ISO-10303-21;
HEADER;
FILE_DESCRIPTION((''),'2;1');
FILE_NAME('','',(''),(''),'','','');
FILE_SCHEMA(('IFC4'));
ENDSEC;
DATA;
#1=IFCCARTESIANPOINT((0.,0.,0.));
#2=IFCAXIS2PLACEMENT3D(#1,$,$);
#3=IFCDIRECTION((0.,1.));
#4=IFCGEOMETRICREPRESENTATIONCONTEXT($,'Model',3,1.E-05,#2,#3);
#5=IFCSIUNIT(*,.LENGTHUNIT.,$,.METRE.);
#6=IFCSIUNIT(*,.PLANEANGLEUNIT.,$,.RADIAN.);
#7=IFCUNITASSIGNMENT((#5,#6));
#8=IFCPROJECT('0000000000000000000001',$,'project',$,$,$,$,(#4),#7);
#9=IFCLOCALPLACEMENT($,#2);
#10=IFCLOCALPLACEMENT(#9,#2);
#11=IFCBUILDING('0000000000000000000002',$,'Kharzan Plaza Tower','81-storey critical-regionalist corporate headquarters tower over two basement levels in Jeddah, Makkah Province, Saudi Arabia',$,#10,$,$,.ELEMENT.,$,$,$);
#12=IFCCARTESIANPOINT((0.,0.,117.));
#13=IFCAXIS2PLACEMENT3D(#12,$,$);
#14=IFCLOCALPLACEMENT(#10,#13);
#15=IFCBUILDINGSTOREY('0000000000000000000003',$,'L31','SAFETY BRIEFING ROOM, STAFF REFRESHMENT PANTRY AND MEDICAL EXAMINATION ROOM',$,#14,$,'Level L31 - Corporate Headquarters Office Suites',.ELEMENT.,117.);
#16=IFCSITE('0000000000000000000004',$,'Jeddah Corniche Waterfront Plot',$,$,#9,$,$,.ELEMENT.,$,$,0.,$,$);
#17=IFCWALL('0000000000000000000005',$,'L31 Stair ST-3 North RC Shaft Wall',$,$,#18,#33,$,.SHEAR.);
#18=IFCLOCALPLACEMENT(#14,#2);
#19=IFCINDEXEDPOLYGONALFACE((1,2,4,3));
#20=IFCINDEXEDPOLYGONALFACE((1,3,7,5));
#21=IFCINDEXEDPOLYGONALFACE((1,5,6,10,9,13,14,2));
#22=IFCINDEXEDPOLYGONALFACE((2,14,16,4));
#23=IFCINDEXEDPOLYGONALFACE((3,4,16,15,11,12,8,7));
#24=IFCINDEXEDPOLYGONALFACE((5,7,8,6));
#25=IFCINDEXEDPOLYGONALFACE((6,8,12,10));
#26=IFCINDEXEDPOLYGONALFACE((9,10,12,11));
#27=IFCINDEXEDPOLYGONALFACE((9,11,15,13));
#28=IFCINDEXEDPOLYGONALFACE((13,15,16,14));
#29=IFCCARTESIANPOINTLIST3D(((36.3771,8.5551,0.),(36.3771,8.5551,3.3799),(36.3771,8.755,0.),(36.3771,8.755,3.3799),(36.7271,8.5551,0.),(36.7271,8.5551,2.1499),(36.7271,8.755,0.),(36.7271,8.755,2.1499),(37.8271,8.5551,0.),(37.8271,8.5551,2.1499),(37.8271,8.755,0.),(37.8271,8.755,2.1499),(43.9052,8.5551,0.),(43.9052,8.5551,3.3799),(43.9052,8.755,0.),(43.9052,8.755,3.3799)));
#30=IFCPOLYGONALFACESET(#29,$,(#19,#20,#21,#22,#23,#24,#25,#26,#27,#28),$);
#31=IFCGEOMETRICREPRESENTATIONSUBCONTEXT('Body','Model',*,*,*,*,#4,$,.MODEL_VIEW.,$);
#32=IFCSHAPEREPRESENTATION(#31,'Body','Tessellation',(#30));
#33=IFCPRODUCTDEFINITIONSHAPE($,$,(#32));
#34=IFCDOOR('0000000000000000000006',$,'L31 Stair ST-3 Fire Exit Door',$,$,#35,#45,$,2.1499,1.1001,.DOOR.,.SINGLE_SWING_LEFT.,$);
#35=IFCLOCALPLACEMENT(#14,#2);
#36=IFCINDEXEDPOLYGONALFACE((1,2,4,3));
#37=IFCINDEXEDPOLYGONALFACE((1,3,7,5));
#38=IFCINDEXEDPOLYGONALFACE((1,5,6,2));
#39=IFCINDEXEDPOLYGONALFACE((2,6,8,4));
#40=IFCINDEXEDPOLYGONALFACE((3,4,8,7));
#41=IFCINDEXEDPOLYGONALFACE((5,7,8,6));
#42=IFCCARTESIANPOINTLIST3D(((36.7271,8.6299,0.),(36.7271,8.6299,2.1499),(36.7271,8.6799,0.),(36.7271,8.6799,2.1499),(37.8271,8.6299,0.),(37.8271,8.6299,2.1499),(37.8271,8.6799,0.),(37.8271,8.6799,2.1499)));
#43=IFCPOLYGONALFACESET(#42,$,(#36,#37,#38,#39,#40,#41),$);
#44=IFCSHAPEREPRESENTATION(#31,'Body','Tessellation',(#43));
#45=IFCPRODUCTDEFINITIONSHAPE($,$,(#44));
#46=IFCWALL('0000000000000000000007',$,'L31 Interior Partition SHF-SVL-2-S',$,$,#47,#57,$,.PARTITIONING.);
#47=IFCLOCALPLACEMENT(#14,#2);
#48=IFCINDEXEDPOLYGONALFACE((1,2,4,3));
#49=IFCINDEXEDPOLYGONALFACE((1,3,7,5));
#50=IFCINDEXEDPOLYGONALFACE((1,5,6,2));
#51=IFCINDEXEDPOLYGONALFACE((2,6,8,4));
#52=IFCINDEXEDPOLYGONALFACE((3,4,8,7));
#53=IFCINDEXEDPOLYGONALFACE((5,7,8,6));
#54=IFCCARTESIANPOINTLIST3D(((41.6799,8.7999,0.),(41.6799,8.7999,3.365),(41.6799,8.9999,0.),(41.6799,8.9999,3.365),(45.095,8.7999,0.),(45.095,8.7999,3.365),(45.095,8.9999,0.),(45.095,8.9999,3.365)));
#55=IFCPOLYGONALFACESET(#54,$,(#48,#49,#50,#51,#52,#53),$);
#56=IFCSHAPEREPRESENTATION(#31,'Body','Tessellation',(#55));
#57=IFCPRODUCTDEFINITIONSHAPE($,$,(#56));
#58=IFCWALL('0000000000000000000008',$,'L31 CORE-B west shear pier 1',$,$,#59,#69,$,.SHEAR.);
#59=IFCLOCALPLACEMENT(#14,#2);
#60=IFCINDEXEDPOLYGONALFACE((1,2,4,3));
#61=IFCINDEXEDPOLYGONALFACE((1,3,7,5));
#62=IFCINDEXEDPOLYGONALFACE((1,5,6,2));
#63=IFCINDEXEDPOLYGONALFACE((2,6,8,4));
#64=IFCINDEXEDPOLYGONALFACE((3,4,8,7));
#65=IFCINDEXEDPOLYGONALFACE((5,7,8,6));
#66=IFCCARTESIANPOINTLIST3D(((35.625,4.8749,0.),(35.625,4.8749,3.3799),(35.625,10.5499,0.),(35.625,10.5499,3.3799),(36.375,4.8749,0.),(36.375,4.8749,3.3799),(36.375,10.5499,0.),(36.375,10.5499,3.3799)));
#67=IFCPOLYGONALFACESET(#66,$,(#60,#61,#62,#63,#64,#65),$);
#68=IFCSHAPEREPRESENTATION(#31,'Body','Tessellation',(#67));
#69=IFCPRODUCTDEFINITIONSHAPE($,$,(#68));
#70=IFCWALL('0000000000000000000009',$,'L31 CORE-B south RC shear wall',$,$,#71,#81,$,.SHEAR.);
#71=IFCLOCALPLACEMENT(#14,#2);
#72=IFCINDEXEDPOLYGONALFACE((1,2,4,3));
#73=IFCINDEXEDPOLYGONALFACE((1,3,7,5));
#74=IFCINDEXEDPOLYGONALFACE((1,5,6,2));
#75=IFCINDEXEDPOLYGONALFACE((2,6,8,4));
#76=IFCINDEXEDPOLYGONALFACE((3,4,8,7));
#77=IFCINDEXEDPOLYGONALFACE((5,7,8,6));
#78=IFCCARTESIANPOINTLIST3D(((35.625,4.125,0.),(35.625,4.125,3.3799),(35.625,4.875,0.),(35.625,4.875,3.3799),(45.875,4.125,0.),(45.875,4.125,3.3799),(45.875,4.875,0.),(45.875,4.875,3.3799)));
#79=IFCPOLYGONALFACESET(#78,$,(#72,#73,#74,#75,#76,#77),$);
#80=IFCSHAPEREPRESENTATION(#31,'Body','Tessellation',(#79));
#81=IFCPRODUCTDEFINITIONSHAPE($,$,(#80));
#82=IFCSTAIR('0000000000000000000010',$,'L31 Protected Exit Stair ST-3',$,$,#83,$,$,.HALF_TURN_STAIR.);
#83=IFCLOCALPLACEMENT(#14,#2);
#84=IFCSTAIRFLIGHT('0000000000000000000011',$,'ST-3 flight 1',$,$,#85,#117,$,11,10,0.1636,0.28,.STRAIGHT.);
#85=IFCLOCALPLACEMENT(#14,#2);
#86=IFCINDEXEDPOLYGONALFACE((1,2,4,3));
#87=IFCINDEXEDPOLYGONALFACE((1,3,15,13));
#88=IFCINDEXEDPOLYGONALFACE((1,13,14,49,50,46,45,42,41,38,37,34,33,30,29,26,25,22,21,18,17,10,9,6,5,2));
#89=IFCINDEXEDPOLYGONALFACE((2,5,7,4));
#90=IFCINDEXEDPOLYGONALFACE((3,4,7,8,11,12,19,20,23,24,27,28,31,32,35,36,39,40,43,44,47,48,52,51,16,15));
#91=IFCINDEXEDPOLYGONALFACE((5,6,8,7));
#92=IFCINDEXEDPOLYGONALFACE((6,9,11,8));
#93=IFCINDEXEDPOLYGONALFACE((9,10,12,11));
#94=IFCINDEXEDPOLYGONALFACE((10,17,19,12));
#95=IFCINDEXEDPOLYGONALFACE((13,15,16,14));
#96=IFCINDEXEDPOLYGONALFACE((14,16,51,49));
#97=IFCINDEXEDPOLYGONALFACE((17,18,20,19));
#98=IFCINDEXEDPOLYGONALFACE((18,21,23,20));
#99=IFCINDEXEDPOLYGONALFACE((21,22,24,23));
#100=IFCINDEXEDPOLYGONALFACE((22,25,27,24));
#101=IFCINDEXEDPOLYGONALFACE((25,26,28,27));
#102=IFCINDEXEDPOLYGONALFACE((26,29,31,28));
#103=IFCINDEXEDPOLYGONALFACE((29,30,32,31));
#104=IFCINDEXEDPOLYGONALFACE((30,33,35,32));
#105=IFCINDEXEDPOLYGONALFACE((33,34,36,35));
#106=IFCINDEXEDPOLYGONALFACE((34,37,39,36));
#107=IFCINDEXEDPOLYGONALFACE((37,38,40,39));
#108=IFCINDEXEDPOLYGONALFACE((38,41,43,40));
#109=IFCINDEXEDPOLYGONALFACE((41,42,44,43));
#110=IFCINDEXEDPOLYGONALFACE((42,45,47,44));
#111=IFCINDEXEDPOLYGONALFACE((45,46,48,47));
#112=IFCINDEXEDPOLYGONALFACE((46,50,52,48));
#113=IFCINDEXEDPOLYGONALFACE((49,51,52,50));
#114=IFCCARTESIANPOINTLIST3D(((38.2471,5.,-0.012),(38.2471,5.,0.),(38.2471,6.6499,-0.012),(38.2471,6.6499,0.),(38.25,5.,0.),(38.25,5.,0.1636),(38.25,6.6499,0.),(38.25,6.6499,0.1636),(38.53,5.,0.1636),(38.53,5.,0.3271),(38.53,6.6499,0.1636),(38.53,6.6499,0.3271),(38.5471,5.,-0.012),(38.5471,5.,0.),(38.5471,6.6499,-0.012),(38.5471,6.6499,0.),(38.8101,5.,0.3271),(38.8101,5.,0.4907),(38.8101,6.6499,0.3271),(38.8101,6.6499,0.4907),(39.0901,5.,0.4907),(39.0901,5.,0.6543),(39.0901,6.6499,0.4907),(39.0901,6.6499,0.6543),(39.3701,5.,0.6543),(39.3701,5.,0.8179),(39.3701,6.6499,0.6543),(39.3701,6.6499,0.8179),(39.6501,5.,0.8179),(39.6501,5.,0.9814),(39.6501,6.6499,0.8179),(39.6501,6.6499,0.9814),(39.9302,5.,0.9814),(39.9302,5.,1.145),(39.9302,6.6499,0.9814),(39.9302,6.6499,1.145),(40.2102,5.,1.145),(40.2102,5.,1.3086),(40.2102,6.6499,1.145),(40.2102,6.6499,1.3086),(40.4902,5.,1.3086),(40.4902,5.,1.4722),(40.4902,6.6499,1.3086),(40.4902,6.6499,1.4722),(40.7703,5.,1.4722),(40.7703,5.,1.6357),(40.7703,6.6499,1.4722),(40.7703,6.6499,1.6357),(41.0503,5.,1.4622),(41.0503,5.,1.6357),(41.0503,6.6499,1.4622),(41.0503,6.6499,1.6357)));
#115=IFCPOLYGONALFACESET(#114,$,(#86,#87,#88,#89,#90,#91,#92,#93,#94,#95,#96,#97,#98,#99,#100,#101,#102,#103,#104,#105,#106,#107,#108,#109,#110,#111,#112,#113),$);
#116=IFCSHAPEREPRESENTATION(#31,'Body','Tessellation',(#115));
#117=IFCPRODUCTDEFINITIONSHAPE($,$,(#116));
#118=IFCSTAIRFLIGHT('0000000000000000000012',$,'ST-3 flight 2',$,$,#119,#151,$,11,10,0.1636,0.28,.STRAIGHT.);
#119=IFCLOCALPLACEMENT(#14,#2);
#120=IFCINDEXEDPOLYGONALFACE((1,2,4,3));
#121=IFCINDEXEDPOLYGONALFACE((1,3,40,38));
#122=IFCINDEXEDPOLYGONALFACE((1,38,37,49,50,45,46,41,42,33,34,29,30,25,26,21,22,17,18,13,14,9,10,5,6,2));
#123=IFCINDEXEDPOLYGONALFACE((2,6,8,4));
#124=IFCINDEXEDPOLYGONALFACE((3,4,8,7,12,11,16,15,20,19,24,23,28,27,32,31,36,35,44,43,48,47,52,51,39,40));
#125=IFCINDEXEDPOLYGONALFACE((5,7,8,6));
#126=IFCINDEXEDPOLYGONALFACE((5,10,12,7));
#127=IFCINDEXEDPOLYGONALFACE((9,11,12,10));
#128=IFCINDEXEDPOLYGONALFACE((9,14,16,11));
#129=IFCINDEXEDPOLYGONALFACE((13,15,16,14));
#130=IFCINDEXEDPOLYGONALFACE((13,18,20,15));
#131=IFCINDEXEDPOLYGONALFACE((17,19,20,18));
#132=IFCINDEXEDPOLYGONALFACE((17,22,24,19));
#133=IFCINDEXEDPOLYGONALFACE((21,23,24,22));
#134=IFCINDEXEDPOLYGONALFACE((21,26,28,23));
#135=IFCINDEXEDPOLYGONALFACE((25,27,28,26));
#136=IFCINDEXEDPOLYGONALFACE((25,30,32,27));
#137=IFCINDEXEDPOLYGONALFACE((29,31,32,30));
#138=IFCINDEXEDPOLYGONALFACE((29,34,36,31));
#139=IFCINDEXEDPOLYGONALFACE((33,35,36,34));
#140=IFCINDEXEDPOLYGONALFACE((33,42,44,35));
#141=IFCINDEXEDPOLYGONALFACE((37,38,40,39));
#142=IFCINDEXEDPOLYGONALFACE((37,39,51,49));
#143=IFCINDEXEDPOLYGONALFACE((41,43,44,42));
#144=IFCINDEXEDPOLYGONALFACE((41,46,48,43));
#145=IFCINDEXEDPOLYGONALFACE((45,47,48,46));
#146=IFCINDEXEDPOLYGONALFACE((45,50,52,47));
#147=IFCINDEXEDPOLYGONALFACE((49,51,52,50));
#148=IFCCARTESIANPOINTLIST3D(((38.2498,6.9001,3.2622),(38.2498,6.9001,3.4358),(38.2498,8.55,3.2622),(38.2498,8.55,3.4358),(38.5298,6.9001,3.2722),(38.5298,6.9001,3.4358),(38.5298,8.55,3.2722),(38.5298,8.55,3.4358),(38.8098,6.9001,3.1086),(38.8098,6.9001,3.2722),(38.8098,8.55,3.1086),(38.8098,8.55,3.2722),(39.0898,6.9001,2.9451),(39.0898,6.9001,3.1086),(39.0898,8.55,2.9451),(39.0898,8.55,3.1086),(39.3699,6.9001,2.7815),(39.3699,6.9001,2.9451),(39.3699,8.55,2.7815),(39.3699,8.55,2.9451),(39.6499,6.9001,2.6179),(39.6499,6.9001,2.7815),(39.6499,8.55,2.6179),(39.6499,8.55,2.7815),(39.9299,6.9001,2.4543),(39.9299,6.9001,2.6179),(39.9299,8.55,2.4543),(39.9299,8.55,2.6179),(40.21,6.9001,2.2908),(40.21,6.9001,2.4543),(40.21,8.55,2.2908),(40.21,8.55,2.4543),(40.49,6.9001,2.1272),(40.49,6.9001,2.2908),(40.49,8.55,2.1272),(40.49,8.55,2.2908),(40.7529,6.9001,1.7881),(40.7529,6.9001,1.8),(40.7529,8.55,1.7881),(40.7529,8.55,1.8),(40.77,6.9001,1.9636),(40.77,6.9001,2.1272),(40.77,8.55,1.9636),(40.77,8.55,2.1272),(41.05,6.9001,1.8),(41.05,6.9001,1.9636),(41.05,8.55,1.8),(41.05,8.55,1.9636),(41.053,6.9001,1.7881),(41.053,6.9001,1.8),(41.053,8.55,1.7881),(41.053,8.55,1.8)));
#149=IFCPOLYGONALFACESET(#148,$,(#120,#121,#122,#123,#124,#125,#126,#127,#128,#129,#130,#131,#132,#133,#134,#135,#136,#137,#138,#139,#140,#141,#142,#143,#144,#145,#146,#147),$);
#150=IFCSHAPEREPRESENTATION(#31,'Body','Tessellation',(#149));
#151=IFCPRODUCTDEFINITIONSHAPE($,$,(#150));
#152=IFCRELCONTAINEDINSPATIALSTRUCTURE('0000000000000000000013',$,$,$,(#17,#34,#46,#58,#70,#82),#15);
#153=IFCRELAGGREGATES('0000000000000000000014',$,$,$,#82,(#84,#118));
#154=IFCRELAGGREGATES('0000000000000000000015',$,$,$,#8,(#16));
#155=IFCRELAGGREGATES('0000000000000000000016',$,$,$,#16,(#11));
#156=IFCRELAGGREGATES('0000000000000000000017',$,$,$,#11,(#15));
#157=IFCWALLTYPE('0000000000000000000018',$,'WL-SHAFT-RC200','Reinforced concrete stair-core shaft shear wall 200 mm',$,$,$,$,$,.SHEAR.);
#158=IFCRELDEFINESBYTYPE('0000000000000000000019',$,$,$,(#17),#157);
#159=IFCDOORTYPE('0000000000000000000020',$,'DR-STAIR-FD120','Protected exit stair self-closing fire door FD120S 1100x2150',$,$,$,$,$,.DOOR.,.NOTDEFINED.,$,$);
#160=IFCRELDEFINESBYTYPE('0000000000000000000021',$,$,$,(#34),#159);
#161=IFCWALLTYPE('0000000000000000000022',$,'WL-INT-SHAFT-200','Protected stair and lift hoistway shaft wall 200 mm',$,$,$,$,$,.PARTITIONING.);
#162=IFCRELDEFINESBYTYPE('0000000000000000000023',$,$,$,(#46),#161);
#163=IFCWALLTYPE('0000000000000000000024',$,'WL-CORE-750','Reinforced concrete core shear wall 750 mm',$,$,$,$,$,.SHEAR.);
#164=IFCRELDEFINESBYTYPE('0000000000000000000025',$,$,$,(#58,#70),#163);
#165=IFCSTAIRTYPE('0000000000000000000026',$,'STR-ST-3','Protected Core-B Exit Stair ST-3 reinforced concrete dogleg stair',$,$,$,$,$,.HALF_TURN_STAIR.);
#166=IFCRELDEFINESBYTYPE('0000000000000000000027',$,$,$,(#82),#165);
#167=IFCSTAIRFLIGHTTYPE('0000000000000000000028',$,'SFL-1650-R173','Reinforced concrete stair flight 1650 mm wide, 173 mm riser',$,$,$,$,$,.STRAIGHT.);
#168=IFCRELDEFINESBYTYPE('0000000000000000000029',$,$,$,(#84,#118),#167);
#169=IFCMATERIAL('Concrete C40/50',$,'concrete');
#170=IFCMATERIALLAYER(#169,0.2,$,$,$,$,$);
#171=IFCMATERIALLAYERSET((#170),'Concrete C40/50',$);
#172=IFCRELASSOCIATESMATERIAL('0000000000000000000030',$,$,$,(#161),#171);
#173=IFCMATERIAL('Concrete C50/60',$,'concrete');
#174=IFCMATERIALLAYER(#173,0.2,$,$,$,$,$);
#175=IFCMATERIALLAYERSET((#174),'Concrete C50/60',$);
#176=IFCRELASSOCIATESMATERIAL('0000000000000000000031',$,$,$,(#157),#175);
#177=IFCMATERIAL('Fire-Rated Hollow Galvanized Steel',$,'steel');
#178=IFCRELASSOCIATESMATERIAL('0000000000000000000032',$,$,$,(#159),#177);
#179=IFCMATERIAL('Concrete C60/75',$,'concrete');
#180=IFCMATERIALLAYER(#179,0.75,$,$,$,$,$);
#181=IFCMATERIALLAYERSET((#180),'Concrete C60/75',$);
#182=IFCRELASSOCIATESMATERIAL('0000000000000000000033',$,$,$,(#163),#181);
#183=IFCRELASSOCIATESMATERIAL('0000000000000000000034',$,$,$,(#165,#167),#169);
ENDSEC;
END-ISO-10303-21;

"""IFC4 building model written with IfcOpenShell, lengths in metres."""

from ifc_helpers import new_model, si_unit, direction, frame, frame_2d, origin, place, context, subcontext, project, spatial, polyline, rectangle, outline, extrude, source, transform, mapped, material, layer, layer_set, type_object, element, fill, aggregate, save


model = new_model("IFC4")

# Units and contexts
model_context = context("Model", 3, precision=1e-05, world=origin(), true_north=direction((0.0, 1.0)))
body_context = subcontext(model_context, "Body", "Model", "MODEL_VIEW")
ifc_project = project(units=[si_unit("LENGTHUNIT", "METRE"), si_unit("PLANEANGLEUNIT", "RADIAN")], contexts=[model_context])

# Site, building, storey
site_placement = place(None, origin())
site = spatial("IfcSite", under=ifc_project, at=site_placement, Name="Jeddah Corniche Waterfront Plot", CompositionType="ELEMENT", RefElevation=0.0)
building_placement = place(site_placement, origin())
building = spatial("IfcBuilding", under=site, at=building_placement, Name="Kharzan Plaza Tower", Description="81-storey critical-regionalist corporate headquarters tower over two basement levels in Jeddah, Makkah Province, Saudi Arabia", CompositionType="ELEMENT")
storey_placement = place(building_placement, frame((0.0, 0.0, 117.0)))
storey = spatial("IfcBuildingStorey", under=building, at=storey_placement, Name="L31", Description="SAFETY BRIEFING ROOM, STAFF REFRESHMENT PANTRY AND MEDICAL EXAMINATION ROOM", LongName="Level L31 - Corporate Headquarters Office Suites", CompositionType="ELEMENT", Elevation=117.0)

# Shared definitions
ifc_material_1 = material(Name="Concrete C60/75", Category="concrete")

# Shared definitions
ifc_material_2 = material(Name="Concrete C40/50", Category="concrete")

# Wall, opening, door
ifc_layer_1 = layer(ifc_material_2, 0.2)
ifc_layer_set_1 = layer_set([ifc_layer_1], Name="Concrete C40/50")
wall_type_1 = type_object("IfcWallType", Name="WL-INT-SHAFT-200", Description="Protected stair and lift hoistway shaft wall 200 mm", PredefinedType="PARTITIONING", material=ifc_layer_set_1)
ifc_material_3 = material(Name="Concrete C50/60", Category="concrete")
ifc_layer_2 = layer(ifc_material_3, 0.2)
ifc_layer_set_2 = layer_set([ifc_layer_2], Name="Concrete C50/60")
wall_type_2 = type_object("IfcWallType", Name="WL-SHAFT-RC200", Description="Reinforced concrete stair-core shaft shear wall 200 mm", PredefinedType="SHEAR", material=ifc_layer_set_2)
wall_1_placement = place(storey_placement, frame((36.377, 8.655, 0.0), z_axis=(0.0, 0.0, 1.0), x_axis=(1.0, 0.0, 0.0)))
wall_1 = element("IfcWall", 1, at=wall_1_placement, inside=storey, type_object=wall_type_2, Name="L31 Stair ST-3 North RC Shaft Wall", PredefinedType="SHEAR", context=body_context, shape_type="SweptSolid", body=[
    extrude(rectangle(XDim=7.5281, YDim=0.2, at=frame_2d((3.7642, 0.0))), origin(), (0.0, 0.0, 1.0), 3.3799),
])
opening_1_placement = place(wall_1_placement, frame((0.3501, 0.0, 0.0)))
opening_1 = element("IfcOpeningElement", 2, at=opening_1_placement, cuts=wall_1, PredefinedType="OPENING", context=body_context, shape_type="SweptSolid", body=[
    extrude(rectangle(XDim=1.1001, YDim=2.1499, at=frame_2d((0.55, 1.075))), frame((0.0, 0.1099, 0.0), z_axis=(0.0, -1.0, 0.0), x_axis=(1.0, 0.0, 0.0)), (0.0, 0.0, 1.0), 0.22),
])
ifc_material_4 = material(Name="Fire-Rated Hollow Galvanized Steel", Category="steel")
door_type_1 = type_object("IfcDoorType", Name="DR-STAIR-FD120", Description="Protected exit stair self-closing fire door FD120S 1100x2150", OperationType="NOTDEFINED", PredefinedType="DOOR", material=ifc_material_4)
shared_shape_1 = source(origin(), body_context, "Body", "SweptSolid", [
    extrude(rectangle(XDim=1.1001, YDim=2.1499, at=frame_2d((0.55, 1.075))), frame((0.0, 0.0249, 0.0), z_axis=(0.0, -1.0, 0.0), x_axis=(1.0, 0.0, 0.0)), (0.0, 0.0, 1.0), 0.05),
])
door_1_placement = place(opening_1_placement, origin())
door_1 = element("IfcDoor", 3, at=door_1_placement, inside=storey, type_object=door_type_1, Name="L31 Stair ST-3 Fire Exit Door", OperationType="SINGLE_SWING_LEFT", OverallHeight=2.1499, OverallWidth=1.1001, PredefinedType="DOOR", context=body_context, shape_type="MappedRepresentation", body=[
    mapped(shared_shape_1, transform((0.0, 0.0, 0.0), x_axis=(1.0, 0.0, 0.0), y_axis=(0.0, 1.0, 0.0), z_axis=(0.0, 0.0, 1.0))),
])
fill(opening_1, door_1)

# Walls
shared_shape_2 = source(origin(), body_context, "Body", "SweptSolid", [
    extrude(rectangle(XDim=3.415, YDim=0.2, at=frame_2d((1.7075, 0.0))), origin(), (0.0, 0.0, 1.0), 3.365),
])
wall_2_placement = place(storey_placement, frame((41.6799, 8.8999, 0.0), z_axis=(0.0, 0.0, 1.0), x_axis=(1.0, 0.0, 0.0)))
element("IfcWall", 4, at=wall_2_placement, inside=storey, type_object=wall_type_1, Name="L31 Interior Partition SHF-SVL-2-S", PredefinedType="PARTITIONING", context=body_context, shape_type="MappedRepresentation", body=[
    mapped(shared_shape_2, transform((0.0, 0.0, 0.0), x_axis=(1.0, 0.0, 0.0), y_axis=(0.0, 1.0, 0.0), z_axis=(0.0, 0.0, 1.0))),
])
ifc_layer_3 = layer(ifc_material_1, 0.75)
ifc_layer_set_3 = layer_set([ifc_layer_3], Name="Concrete C60/75")
wall_type_3 = type_object("IfcWallType", Name="WL-CORE-750", Description="Reinforced concrete core shear wall 750 mm", PredefinedType="SHEAR", material=ifc_layer_set_3)
shared_shape_3 = source(origin(), body_context, "Body", "SweptSolid", [
    extrude(rectangle(XDim=5.675, YDim=0.75, at=frame_2d((2.8374, 0.0))), origin(), (0.0, 0.0, 1.0), 3.3799),
])
wall_3_placement = place(storey_placement, frame((36.0, 4.875, 0.0), z_axis=(0.0, 0.0, 1.0), x_axis=(0.0, 1.0, 0.0)))
element("IfcWall", 5, at=wall_3_placement, inside=storey, type_object=wall_type_3, Name="L31 CORE-B west shear pier 1", PredefinedType="SHEAR", context=body_context, shape_type="MappedRepresentation", body=[
    mapped(shared_shape_3, transform((0.0, 0.0, 0.0), x_axis=(1.0, 0.0, 0.0), y_axis=(0.0, 1.0, 0.0), z_axis=(0.0, 0.0, 1.0))),
])
shared_shape_4 = source(origin(), body_context, "Body", "SweptSolid", [
    extrude(rectangle(XDim=10.25, YDim=0.75, at=frame_2d((5.125, 0.0))), origin(), (0.0, 0.0, 1.0), 3.3799),
])
wall_4_placement = place(storey_placement, frame((35.625, 4.5, 0.0), z_axis=(0.0, 0.0, 1.0), x_axis=(1.0, 0.0, 0.0)))
element("IfcWall", 6, at=wall_4_placement, inside=storey, type_object=wall_type_3, Name="L31 CORE-B south RC shear wall", PredefinedType="SHEAR", context=body_context, shape_type="MappedRepresentation", body=[
    mapped(shared_shape_4, transform((0.0, 0.0, 0.0), x_axis=(1.0, 0.0, 0.0), y_axis=(0.0, 1.0, 0.0), z_axis=(0.0, 0.0, 1.0))),
])

# Stair, stair flights
stair_type = type_object("IfcStairType", Name="STR-ST-3", Description="Protected Core-B Exit Stair ST-3 reinforced concrete dogleg stair", PredefinedType="HALF_TURN_STAIR", material=ifc_material_2)
stair_placement = place(storey_placement, origin())
stair = element("IfcStair", 7, at=stair_placement, inside=storey, type_object=stair_type, Name="L31 Protected Exit Stair ST-3", PredefinedType="HALF_TURN_STAIR")
stair_flight_type = type_object("IfcStairFlightType", Name="SFL-1650-R173", Description="Reinforced concrete stair flight 1650 mm wide, 173 mm riser", PredefinedType="STRAIGHT", material=ifc_material_2)
shared_shape_5 = source(origin(), body_context, "Body", "SweptSolid", [
    extrude(outline(polyline([(-0.0029, -0.012), (-0.0029, 0.0), (0.0, 0.0), (0.0, 0.1636), (0.28, 0.1636), (0.28, 0.3271), (0.5601, 0.3271), (0.5601, 0.4907), (0.8401, 0.4907), (0.8401, 0.6543), (1.1201, 0.6543), (1.1201, 0.8179), (1.4001, 0.8179), (1.4001, 0.9814), (1.6802, 0.9814), (1.6802, 1.145), (1.9602, 1.145), (1.9602, 1.3086), (2.2402, 1.3086), (2.2402, 1.4722), (2.5203, 1.4722), (2.5203, 1.6357), (2.8003, 1.6357), (2.8003, 1.7993), (2.8003, 1.4622), (0.2971, 0.0), (0.2971, -0.012), (-0.0029, -0.012)])), frame((0.0, 0.825, 0.0), z_axis=(0.0, -1.0, 0.0), x_axis=(1.0, 0.0, 0.0)), (0.0, 0.0, 1.0), 1.6499),
])
stair_flight_1_placement = place(storey_placement, frame((38.25, 5.825, 0.0), z_axis=(0.0, 0.0, 1.0), x_axis=(1.0, 0.0, 0.0)))
stair_flight_1 = element("IfcStairFlight", 8, at=stair_flight_1_placement, type_object=stair_flight_type, Name="ST-3 flight 1", NumberOfRisers=11, NumberOfTreads=10, PredefinedType="STRAIGHT", RiserHeight=0.1636, TreadLength=0.28, context=body_context, shape_type="MappedRepresentation", body=[
    mapped(shared_shape_5, transform((0.0, 0.0, 0.0), x_axis=(1.0, 0.0, 0.0), y_axis=(0.0, 1.0, 0.0), z_axis=(0.0, 0.0, 1.0))),
])
stair_flight_2_placement = place(storey_placement, frame((41.05, 7.7251, 1.8), z_axis=(0.0, 0.0, 1.0), x_axis=(-1.0, 0.0, 0.0)))
stair_flight_2 = element("IfcStairFlight", 9, at=stair_flight_2_placement, type_object=stair_flight_type, Name="ST-3 flight 2", NumberOfRisers=11, NumberOfTreads=10, PredefinedType="STRAIGHT", RiserHeight=0.1636, TreadLength=0.28, context=body_context, shape_type="MappedRepresentation", body=[
    mapped(shared_shape_5, transform((0.0, 0.0, 0.0), x_axis=(1.0, 0.0, 0.0), y_axis=(0.0, 1.0, 0.0), z_axis=(0.0, 0.0, 1.0))),
])
aggregate(stair, [stair_flight_1, stair_flight_2])

save(model, "model.ifc")
